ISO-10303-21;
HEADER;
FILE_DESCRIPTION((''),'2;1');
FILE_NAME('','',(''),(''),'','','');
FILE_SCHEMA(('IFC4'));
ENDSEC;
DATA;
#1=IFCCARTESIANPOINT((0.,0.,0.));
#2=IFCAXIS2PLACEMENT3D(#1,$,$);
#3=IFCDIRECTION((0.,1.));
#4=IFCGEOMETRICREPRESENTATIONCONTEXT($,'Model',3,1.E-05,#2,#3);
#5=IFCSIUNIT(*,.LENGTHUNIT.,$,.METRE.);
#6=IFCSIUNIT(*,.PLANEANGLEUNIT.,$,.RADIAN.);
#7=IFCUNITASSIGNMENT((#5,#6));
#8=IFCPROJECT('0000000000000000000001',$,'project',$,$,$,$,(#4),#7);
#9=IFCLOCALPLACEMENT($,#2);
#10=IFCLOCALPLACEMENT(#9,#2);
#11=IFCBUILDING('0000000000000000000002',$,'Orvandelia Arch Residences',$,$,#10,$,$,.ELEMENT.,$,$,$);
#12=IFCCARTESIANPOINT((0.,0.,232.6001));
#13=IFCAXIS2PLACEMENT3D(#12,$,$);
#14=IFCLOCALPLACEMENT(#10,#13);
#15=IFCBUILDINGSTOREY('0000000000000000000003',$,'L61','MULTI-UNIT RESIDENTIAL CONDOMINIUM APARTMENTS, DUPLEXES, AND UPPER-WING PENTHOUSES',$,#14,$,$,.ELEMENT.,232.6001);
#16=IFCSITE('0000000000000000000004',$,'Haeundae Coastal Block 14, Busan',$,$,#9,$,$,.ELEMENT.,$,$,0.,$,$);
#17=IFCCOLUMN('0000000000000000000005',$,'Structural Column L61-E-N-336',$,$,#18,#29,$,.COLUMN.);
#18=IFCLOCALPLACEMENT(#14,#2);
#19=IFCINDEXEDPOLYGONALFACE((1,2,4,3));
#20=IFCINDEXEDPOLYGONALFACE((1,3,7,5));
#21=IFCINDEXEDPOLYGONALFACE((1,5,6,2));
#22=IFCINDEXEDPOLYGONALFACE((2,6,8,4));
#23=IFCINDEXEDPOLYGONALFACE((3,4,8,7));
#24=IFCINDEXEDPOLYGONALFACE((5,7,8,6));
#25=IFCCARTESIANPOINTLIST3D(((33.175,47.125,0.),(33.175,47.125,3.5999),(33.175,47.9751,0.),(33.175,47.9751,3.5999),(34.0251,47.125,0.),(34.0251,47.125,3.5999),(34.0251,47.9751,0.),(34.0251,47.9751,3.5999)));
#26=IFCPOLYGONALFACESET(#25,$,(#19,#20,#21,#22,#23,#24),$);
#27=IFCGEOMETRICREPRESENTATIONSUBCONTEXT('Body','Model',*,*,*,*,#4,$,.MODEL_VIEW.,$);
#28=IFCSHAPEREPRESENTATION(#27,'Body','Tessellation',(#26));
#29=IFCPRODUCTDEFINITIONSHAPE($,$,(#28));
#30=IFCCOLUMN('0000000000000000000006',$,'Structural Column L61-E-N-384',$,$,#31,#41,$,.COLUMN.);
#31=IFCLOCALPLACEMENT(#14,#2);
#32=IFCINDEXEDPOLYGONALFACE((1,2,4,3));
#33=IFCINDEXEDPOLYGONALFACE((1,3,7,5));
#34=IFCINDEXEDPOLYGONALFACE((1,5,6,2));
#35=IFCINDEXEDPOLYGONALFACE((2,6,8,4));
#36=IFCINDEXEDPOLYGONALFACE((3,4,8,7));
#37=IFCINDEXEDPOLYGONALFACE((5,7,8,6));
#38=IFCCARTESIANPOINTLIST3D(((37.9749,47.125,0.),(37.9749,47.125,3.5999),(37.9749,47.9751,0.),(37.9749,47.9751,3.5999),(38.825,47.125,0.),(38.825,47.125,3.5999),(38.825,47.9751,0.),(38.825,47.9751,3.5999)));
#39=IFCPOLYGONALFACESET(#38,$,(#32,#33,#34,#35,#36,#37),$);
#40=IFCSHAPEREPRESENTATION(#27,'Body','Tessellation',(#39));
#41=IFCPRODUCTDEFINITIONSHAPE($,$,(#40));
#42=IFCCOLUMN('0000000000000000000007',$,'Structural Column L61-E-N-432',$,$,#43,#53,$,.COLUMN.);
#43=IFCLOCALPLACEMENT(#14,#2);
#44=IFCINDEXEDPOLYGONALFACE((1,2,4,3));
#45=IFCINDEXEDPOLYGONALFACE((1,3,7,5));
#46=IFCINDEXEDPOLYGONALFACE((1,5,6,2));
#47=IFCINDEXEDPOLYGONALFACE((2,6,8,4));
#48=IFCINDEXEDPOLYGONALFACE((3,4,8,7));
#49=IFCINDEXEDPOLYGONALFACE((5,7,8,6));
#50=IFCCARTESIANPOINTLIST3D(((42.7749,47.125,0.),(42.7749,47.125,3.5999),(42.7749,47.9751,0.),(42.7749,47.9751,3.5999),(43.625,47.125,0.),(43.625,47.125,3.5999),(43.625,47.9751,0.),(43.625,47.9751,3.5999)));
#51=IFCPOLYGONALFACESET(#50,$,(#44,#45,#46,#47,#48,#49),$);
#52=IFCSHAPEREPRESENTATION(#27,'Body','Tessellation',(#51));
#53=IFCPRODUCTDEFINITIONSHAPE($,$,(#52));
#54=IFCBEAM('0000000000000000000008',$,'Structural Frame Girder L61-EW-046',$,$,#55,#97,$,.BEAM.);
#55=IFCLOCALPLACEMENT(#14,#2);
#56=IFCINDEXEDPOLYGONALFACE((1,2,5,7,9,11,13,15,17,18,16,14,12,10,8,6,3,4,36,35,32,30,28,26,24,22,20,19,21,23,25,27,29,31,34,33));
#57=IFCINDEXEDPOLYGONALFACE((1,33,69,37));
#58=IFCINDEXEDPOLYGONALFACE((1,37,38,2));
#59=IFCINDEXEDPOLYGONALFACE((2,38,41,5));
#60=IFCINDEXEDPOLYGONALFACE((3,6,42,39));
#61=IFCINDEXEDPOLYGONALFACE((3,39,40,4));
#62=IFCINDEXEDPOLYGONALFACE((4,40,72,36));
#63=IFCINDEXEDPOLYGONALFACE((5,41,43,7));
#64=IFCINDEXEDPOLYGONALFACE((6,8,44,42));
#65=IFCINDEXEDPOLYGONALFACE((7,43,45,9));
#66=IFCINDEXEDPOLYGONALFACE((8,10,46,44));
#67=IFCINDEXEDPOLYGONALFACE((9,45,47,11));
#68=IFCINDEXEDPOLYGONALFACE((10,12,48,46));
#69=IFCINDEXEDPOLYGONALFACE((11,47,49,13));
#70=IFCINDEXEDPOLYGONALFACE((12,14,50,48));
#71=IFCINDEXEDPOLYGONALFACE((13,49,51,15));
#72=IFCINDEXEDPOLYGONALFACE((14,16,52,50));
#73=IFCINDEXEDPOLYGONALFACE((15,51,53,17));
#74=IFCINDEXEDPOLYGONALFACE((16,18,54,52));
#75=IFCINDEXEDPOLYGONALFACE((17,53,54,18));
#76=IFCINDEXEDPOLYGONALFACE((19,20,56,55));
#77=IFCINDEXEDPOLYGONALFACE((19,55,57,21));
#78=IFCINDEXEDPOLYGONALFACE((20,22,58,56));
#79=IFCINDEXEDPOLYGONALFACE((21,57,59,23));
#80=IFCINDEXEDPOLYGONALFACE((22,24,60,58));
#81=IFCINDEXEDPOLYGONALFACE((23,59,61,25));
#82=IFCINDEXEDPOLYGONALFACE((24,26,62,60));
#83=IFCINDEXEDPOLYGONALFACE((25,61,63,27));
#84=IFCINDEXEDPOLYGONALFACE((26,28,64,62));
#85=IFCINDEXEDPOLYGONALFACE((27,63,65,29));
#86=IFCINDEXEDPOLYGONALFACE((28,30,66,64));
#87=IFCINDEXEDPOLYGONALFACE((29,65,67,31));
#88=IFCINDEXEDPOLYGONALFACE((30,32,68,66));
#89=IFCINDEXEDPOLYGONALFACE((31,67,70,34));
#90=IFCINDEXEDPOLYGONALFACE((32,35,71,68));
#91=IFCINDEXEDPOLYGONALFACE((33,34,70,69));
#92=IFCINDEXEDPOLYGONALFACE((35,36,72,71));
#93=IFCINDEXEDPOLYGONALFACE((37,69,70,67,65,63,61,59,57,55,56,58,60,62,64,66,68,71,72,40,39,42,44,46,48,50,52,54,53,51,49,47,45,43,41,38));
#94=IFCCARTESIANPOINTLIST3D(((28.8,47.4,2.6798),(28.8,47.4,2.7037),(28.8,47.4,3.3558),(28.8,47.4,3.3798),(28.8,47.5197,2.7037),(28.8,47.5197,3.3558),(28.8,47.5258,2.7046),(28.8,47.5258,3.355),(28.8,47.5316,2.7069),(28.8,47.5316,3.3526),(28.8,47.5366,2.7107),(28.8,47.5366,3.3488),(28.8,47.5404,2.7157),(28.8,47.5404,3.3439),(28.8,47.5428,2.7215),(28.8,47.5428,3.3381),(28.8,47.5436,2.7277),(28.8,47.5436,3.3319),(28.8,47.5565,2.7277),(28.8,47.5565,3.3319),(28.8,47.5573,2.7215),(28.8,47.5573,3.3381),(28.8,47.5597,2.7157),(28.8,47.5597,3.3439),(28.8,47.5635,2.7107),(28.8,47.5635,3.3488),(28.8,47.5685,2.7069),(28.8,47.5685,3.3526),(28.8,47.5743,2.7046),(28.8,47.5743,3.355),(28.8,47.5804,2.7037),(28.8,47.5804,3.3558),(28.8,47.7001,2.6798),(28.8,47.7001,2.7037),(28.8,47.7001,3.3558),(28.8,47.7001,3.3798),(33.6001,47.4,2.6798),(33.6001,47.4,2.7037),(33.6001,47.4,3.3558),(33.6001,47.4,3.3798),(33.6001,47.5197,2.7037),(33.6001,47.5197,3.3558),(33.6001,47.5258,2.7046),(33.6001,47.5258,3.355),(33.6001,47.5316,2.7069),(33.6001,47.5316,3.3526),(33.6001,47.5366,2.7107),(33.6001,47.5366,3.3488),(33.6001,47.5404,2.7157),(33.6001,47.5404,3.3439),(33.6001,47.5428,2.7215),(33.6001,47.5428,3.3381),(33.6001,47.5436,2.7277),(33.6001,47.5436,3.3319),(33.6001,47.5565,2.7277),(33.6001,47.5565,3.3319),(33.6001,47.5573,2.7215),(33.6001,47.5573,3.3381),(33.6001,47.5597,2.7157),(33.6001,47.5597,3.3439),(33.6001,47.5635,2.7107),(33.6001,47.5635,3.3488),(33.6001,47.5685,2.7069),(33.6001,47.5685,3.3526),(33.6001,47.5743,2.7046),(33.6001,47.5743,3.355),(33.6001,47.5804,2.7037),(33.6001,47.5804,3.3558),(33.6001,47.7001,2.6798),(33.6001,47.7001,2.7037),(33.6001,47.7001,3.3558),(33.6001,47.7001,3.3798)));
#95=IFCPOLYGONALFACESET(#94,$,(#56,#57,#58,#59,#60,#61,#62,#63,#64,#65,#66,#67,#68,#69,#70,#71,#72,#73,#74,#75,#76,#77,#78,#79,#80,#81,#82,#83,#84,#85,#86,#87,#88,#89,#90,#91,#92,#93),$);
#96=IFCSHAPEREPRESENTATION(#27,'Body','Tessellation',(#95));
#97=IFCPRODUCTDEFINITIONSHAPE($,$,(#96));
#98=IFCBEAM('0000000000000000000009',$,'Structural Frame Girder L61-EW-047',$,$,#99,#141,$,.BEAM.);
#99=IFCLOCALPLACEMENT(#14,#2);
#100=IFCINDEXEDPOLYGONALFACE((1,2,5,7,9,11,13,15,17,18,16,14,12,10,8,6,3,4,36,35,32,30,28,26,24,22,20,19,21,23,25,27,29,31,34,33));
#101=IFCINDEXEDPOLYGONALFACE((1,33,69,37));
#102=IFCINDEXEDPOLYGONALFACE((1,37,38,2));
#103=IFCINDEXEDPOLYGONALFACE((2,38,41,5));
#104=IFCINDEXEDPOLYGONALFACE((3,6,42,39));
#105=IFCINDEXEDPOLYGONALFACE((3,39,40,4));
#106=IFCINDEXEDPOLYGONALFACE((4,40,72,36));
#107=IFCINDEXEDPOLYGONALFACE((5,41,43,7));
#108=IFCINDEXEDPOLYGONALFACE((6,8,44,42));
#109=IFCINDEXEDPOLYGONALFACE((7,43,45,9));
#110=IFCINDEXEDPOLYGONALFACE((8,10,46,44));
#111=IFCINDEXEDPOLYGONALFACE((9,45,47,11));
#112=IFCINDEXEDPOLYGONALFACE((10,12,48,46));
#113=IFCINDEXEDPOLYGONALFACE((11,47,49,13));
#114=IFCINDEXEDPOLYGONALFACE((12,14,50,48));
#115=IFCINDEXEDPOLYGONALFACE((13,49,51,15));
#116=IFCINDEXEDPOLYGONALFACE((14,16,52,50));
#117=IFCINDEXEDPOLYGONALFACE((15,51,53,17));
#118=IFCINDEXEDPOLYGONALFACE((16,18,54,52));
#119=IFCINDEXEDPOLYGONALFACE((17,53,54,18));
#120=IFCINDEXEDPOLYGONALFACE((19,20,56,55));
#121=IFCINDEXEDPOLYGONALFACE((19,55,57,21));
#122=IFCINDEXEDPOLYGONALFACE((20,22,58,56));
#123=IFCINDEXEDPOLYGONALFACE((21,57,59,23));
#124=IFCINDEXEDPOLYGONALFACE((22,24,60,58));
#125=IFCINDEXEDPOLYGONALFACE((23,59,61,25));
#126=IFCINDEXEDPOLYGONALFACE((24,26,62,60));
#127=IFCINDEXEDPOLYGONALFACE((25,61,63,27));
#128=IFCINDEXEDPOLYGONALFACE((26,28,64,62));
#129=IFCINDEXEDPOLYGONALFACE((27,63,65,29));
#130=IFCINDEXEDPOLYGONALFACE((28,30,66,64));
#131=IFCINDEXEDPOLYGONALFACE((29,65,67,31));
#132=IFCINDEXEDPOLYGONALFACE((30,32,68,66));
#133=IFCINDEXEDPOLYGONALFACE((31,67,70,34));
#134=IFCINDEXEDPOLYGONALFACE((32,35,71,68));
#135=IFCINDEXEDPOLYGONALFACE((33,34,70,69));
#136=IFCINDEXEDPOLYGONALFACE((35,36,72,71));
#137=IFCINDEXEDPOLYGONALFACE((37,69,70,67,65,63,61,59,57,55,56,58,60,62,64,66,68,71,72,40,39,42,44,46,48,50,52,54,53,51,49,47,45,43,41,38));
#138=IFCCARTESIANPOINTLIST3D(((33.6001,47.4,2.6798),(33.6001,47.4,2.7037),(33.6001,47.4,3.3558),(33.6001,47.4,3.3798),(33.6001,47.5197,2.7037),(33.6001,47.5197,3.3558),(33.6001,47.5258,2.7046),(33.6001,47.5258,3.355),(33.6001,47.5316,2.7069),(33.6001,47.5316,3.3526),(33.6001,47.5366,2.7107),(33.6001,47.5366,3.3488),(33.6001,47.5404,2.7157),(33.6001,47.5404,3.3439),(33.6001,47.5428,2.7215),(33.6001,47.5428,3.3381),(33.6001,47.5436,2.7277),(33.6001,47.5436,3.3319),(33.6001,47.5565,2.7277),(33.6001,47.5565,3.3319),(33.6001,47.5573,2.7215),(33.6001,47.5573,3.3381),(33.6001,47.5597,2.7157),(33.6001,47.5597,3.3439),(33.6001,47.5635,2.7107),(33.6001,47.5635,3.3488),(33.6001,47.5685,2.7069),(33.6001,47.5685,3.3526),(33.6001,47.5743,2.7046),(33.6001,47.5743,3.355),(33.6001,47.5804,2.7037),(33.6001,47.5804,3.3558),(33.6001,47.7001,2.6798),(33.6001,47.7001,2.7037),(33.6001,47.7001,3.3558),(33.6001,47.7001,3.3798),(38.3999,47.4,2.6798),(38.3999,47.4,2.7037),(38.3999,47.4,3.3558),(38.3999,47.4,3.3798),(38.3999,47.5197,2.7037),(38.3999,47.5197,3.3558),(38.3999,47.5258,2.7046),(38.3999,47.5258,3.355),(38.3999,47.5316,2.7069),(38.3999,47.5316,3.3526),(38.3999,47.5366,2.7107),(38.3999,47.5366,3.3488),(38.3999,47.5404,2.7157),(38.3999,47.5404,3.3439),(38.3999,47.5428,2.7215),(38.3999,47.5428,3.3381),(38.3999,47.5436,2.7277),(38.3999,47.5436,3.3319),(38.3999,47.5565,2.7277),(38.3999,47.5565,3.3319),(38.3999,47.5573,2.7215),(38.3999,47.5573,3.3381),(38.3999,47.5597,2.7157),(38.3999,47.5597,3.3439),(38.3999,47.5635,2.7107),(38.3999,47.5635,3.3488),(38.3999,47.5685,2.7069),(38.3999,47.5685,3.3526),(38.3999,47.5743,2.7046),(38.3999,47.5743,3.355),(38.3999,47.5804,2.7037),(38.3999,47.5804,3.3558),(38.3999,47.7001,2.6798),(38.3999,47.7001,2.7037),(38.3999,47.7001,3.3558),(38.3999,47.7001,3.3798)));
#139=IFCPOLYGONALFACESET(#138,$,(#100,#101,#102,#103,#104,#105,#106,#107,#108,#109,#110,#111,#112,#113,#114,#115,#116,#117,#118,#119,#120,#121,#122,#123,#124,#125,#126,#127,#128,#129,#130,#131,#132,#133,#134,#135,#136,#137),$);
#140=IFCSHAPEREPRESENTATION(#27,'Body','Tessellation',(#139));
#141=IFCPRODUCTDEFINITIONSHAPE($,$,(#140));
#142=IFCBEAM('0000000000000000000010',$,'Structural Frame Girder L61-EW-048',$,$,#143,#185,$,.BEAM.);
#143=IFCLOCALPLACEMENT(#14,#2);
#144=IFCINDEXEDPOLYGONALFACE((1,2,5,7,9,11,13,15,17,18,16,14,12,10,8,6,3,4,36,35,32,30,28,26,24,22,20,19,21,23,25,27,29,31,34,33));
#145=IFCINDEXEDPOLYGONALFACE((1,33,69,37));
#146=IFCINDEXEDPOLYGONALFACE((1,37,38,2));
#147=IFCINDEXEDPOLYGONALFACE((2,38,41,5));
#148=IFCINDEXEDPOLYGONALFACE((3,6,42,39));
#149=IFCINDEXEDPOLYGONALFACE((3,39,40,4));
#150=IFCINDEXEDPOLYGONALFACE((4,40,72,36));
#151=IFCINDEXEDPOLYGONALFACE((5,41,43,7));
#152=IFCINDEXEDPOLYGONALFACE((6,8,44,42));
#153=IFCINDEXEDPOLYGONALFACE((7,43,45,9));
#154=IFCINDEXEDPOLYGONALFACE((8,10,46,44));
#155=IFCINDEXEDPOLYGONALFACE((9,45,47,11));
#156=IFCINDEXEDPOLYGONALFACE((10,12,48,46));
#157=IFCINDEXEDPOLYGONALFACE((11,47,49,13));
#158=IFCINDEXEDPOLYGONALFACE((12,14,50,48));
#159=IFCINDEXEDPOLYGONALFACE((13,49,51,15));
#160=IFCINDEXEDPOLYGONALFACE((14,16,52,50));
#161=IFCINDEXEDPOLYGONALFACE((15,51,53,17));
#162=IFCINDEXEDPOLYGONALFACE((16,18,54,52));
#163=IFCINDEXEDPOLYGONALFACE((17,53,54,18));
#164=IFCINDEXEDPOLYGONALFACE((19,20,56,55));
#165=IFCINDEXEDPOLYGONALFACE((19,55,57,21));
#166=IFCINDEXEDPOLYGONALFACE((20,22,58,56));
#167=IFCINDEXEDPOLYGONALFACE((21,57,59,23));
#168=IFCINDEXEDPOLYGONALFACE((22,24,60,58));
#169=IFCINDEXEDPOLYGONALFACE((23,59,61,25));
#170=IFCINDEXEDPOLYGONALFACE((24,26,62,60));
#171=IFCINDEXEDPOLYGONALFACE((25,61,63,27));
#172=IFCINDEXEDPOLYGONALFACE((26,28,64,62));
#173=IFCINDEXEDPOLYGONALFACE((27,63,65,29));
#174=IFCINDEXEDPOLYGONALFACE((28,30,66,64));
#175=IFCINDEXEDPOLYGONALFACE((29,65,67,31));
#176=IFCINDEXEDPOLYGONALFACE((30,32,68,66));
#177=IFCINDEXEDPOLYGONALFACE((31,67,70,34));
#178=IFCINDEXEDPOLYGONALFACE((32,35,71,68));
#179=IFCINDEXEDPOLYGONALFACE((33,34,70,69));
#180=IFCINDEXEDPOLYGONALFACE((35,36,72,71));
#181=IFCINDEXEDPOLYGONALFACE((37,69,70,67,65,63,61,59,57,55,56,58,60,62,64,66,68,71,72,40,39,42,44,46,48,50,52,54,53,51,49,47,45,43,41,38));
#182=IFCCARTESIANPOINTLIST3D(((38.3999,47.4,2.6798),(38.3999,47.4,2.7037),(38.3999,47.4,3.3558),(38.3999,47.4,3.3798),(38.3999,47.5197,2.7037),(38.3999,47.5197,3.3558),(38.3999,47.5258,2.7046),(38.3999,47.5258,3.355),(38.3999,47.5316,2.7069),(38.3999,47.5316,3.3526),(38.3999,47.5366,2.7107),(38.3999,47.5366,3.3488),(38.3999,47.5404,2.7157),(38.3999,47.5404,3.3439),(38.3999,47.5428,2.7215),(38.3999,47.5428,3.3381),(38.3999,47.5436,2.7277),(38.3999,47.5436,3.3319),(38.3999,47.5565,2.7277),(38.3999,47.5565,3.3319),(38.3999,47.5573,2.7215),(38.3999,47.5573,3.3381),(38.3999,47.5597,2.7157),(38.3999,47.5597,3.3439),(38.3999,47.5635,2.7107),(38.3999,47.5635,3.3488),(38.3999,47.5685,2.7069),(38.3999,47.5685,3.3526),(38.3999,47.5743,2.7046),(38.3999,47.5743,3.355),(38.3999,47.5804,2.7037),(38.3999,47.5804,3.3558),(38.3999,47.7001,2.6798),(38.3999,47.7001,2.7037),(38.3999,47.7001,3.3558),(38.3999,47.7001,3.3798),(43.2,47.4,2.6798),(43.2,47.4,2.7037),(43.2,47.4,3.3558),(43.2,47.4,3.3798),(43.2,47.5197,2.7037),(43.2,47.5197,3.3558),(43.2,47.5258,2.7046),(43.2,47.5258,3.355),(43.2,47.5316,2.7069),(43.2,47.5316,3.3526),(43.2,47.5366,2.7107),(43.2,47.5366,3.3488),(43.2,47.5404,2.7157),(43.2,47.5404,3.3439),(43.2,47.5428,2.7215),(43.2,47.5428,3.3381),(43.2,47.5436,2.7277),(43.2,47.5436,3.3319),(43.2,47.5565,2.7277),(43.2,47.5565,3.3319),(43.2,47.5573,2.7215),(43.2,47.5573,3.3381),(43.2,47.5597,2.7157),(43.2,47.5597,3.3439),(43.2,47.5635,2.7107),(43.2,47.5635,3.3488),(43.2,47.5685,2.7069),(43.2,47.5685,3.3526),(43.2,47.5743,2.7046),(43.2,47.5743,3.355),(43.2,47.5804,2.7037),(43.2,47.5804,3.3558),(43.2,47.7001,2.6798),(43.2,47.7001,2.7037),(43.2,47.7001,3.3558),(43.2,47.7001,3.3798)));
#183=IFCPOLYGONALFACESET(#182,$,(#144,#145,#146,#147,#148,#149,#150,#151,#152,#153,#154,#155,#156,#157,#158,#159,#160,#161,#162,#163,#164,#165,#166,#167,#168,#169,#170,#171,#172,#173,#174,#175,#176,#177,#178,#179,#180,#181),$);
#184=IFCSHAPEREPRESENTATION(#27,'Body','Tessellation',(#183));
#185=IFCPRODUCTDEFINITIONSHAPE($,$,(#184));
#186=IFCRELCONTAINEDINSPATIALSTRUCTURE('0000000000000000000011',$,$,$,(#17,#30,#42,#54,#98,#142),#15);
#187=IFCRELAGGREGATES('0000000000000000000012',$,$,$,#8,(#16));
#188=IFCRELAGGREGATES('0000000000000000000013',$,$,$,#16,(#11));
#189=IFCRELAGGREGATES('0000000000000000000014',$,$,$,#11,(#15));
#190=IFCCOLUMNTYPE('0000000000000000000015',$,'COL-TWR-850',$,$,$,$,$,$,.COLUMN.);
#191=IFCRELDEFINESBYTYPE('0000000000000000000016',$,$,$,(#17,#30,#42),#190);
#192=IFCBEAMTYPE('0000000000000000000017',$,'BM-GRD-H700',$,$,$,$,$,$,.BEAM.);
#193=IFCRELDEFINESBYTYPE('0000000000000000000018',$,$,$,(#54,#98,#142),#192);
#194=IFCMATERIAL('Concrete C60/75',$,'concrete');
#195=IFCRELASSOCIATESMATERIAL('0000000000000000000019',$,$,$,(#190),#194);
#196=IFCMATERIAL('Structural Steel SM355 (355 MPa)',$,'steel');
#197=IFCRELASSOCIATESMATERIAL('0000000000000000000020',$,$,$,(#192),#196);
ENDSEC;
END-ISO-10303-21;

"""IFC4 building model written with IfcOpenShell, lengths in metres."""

from ifc_helpers import new_model, si_unit, direction, frame, origin, origin_2d, place, context, subcontext, project, spatial, rectangle, i_section, extrude, material, material_profile, profile_set, type_object, element, save


model = new_model("IFC4")

# Units and contexts
model_context = context("Model", 3, precision=1e-05, world=origin(), true_north=direction((0.0, 1.0)))
body_context = subcontext(model_context, "Body", "Model", "MODEL_VIEW")
ifc_project = project(units=[si_unit("LENGTHUNIT", "METRE"), si_unit("PLANEANGLEUNIT", "RADIAN")], contexts=[model_context])

# Site, building, storey
site_placement = place(None, origin())
site = spatial("IfcSite", under=ifc_project, at=site_placement, Name="Haeundae Coastal Block 14, Busan", CompositionType="ELEMENT", RefElevation=0.0)
building_placement = place(site_placement, origin())
building = spatial("IfcBuilding", under=site, at=building_placement, Name="Orvandelia Arch Residences", CompositionType="ELEMENT")
storey_placement = place(building_placement, frame((0.0, 0.0, 232.6001)))
storey = spatial("IfcBuildingStorey", under=building, at=storey_placement, Name="L61", Description="MULTI-UNIT RESIDENTIAL CONDOMINIUM APARTMENTS, DUPLEXES, AND UPPER-WING PENTHOUSES", CompositionType="ELEMENT", Elevation=232.6001)

# Columns
ifc_material_1 = material(Name="Concrete C60/75", Category="concrete")
ifc_material_profile_1 = material_profile(ifc_material_1, rectangle(XDim=0.8501, YDim=0.8501, at=origin_2d()), Name="Concrete C60/75", Category="concrete")
ifc_profile_set_1 = profile_set([ifc_material_profile_1], Name="Concrete C60/75")
column_type = type_object("IfcColumnType", Name="COL-TWR-850", PredefinedType="COLUMN", material=ifc_profile_set_1)
for number, where, z_axis, x_axis, name in (
    (1, (33.6001, 47.55, 0.0), (0.0, 0.0, 1.0), (1.0, 0.0, 0.0), "Structural Column L61-E-N-336"),
    (2, (38.3999, 47.55, 0.0), (0.0, 0.0, 1.0), (1.0, 0.0, 0.0), "Structural Column L61-E-N-384"),
    (3, (43.2, 47.55, 0.0), (0.0, 0.0, 1.0), (1.0, 0.0, 0.0), "Structural Column L61-E-N-432"),
):
    element("IfcColumn", number, at=place(storey_placement, frame(where, z_axis=z_axis, x_axis=x_axis)), inside=storey, type_object=column_type, Name=name, PredefinedType="COLUMN", context=body_context, shape_type="SweptSolid", body=[
        extrude(rectangle(XDim=0.8501, YDim=0.8501, at=origin_2d()), origin(), (0.0, 0.0, 1.0), 3.5999),
    ])

# Beams
ifc_material_2 = material(Name="Structural Steel SM355 (355 MPa)", Category="steel")
ifc_material_profile_2 = material_profile(ifc_material_2, i_section(OverallWidth=0.3, OverallDepth=0.7, WebThickness=0.0129, FlangeThickness=0.0239, FilletRadius=0.0239, at=origin_2d()), Name="Structural Steel SM355 (355 MPa)", Category="steel")
ifc_profile_set_2 = profile_set([ifc_material_profile_2], Name="Structural Steel SM355 (355 MPa)")
beam_type = type_object("IfcBeamType", Name="BM-GRD-H700", PredefinedType="BEAM", material=ifc_profile_set_2)
beam_1_placement = place(storey_placement, frame((28.8, 47.55, 3.0298), z_axis=(1.0, 0.0, 0.0), x_axis=(0.0, 1.0, 0.0)))
element("IfcBeam", 4, at=beam_1_placement, inside=storey, type_object=beam_type, Name="Structural Frame Girder L61-EW-046", PredefinedType="BEAM", context=body_context, shape_type="SweptSolid", body=[
    extrude(i_section(OverallWidth=0.3, OverallDepth=0.7, WebThickness=0.0129, FlangeThickness=0.0239, FilletRadius=0.0239, at=origin_2d()), origin(), (0.0, 0.0, 1.0), 4.8),
])
beam_2_placement = place(storey_placement, frame((33.6001, 47.55, 3.0298), z_axis=(1.0, 0.0, 0.0), x_axis=(0.0, 1.0, 0.0)))
element("IfcBeam", 5, at=beam_2_placement, inside=storey, type_object=beam_type, Name="Structural Frame Girder L61-EW-047", PredefinedType="BEAM", context=body_context, shape_type="SweptSolid", body=[
    extrude(i_section(OverallWidth=0.3, OverallDepth=0.7, WebThickness=0.0129, FlangeThickness=0.0239, FilletRadius=0.0239, at=origin_2d()), origin(), (0.0, 0.0, 1.0), 4.7998),
])
for number, where, z_axis, x_axis, name in (
    (6, (38.3999, 47.55, 3.0298), (1.0, 0.0, 0.0), (0.0, 1.0, 0.0), "Structural Frame Girder L61-EW-048"),
):
    element("IfcBeam", number, at=place(storey_placement, frame(where, z_axis=z_axis, x_axis=x_axis)), inside=storey, type_object=beam_type, Name=name, PredefinedType="BEAM", context=body_context, shape_type="SweptSolid", body=[
        extrude(i_section(OverallWidth=0.3, OverallDepth=0.7, WebThickness=0.0129, FlangeThickness=0.0239, FilletRadius=0.0239, at=origin_2d()), origin(), (0.0, 0.0, 1.0), 4.8),
    ])

save(model, "model.ifc")
